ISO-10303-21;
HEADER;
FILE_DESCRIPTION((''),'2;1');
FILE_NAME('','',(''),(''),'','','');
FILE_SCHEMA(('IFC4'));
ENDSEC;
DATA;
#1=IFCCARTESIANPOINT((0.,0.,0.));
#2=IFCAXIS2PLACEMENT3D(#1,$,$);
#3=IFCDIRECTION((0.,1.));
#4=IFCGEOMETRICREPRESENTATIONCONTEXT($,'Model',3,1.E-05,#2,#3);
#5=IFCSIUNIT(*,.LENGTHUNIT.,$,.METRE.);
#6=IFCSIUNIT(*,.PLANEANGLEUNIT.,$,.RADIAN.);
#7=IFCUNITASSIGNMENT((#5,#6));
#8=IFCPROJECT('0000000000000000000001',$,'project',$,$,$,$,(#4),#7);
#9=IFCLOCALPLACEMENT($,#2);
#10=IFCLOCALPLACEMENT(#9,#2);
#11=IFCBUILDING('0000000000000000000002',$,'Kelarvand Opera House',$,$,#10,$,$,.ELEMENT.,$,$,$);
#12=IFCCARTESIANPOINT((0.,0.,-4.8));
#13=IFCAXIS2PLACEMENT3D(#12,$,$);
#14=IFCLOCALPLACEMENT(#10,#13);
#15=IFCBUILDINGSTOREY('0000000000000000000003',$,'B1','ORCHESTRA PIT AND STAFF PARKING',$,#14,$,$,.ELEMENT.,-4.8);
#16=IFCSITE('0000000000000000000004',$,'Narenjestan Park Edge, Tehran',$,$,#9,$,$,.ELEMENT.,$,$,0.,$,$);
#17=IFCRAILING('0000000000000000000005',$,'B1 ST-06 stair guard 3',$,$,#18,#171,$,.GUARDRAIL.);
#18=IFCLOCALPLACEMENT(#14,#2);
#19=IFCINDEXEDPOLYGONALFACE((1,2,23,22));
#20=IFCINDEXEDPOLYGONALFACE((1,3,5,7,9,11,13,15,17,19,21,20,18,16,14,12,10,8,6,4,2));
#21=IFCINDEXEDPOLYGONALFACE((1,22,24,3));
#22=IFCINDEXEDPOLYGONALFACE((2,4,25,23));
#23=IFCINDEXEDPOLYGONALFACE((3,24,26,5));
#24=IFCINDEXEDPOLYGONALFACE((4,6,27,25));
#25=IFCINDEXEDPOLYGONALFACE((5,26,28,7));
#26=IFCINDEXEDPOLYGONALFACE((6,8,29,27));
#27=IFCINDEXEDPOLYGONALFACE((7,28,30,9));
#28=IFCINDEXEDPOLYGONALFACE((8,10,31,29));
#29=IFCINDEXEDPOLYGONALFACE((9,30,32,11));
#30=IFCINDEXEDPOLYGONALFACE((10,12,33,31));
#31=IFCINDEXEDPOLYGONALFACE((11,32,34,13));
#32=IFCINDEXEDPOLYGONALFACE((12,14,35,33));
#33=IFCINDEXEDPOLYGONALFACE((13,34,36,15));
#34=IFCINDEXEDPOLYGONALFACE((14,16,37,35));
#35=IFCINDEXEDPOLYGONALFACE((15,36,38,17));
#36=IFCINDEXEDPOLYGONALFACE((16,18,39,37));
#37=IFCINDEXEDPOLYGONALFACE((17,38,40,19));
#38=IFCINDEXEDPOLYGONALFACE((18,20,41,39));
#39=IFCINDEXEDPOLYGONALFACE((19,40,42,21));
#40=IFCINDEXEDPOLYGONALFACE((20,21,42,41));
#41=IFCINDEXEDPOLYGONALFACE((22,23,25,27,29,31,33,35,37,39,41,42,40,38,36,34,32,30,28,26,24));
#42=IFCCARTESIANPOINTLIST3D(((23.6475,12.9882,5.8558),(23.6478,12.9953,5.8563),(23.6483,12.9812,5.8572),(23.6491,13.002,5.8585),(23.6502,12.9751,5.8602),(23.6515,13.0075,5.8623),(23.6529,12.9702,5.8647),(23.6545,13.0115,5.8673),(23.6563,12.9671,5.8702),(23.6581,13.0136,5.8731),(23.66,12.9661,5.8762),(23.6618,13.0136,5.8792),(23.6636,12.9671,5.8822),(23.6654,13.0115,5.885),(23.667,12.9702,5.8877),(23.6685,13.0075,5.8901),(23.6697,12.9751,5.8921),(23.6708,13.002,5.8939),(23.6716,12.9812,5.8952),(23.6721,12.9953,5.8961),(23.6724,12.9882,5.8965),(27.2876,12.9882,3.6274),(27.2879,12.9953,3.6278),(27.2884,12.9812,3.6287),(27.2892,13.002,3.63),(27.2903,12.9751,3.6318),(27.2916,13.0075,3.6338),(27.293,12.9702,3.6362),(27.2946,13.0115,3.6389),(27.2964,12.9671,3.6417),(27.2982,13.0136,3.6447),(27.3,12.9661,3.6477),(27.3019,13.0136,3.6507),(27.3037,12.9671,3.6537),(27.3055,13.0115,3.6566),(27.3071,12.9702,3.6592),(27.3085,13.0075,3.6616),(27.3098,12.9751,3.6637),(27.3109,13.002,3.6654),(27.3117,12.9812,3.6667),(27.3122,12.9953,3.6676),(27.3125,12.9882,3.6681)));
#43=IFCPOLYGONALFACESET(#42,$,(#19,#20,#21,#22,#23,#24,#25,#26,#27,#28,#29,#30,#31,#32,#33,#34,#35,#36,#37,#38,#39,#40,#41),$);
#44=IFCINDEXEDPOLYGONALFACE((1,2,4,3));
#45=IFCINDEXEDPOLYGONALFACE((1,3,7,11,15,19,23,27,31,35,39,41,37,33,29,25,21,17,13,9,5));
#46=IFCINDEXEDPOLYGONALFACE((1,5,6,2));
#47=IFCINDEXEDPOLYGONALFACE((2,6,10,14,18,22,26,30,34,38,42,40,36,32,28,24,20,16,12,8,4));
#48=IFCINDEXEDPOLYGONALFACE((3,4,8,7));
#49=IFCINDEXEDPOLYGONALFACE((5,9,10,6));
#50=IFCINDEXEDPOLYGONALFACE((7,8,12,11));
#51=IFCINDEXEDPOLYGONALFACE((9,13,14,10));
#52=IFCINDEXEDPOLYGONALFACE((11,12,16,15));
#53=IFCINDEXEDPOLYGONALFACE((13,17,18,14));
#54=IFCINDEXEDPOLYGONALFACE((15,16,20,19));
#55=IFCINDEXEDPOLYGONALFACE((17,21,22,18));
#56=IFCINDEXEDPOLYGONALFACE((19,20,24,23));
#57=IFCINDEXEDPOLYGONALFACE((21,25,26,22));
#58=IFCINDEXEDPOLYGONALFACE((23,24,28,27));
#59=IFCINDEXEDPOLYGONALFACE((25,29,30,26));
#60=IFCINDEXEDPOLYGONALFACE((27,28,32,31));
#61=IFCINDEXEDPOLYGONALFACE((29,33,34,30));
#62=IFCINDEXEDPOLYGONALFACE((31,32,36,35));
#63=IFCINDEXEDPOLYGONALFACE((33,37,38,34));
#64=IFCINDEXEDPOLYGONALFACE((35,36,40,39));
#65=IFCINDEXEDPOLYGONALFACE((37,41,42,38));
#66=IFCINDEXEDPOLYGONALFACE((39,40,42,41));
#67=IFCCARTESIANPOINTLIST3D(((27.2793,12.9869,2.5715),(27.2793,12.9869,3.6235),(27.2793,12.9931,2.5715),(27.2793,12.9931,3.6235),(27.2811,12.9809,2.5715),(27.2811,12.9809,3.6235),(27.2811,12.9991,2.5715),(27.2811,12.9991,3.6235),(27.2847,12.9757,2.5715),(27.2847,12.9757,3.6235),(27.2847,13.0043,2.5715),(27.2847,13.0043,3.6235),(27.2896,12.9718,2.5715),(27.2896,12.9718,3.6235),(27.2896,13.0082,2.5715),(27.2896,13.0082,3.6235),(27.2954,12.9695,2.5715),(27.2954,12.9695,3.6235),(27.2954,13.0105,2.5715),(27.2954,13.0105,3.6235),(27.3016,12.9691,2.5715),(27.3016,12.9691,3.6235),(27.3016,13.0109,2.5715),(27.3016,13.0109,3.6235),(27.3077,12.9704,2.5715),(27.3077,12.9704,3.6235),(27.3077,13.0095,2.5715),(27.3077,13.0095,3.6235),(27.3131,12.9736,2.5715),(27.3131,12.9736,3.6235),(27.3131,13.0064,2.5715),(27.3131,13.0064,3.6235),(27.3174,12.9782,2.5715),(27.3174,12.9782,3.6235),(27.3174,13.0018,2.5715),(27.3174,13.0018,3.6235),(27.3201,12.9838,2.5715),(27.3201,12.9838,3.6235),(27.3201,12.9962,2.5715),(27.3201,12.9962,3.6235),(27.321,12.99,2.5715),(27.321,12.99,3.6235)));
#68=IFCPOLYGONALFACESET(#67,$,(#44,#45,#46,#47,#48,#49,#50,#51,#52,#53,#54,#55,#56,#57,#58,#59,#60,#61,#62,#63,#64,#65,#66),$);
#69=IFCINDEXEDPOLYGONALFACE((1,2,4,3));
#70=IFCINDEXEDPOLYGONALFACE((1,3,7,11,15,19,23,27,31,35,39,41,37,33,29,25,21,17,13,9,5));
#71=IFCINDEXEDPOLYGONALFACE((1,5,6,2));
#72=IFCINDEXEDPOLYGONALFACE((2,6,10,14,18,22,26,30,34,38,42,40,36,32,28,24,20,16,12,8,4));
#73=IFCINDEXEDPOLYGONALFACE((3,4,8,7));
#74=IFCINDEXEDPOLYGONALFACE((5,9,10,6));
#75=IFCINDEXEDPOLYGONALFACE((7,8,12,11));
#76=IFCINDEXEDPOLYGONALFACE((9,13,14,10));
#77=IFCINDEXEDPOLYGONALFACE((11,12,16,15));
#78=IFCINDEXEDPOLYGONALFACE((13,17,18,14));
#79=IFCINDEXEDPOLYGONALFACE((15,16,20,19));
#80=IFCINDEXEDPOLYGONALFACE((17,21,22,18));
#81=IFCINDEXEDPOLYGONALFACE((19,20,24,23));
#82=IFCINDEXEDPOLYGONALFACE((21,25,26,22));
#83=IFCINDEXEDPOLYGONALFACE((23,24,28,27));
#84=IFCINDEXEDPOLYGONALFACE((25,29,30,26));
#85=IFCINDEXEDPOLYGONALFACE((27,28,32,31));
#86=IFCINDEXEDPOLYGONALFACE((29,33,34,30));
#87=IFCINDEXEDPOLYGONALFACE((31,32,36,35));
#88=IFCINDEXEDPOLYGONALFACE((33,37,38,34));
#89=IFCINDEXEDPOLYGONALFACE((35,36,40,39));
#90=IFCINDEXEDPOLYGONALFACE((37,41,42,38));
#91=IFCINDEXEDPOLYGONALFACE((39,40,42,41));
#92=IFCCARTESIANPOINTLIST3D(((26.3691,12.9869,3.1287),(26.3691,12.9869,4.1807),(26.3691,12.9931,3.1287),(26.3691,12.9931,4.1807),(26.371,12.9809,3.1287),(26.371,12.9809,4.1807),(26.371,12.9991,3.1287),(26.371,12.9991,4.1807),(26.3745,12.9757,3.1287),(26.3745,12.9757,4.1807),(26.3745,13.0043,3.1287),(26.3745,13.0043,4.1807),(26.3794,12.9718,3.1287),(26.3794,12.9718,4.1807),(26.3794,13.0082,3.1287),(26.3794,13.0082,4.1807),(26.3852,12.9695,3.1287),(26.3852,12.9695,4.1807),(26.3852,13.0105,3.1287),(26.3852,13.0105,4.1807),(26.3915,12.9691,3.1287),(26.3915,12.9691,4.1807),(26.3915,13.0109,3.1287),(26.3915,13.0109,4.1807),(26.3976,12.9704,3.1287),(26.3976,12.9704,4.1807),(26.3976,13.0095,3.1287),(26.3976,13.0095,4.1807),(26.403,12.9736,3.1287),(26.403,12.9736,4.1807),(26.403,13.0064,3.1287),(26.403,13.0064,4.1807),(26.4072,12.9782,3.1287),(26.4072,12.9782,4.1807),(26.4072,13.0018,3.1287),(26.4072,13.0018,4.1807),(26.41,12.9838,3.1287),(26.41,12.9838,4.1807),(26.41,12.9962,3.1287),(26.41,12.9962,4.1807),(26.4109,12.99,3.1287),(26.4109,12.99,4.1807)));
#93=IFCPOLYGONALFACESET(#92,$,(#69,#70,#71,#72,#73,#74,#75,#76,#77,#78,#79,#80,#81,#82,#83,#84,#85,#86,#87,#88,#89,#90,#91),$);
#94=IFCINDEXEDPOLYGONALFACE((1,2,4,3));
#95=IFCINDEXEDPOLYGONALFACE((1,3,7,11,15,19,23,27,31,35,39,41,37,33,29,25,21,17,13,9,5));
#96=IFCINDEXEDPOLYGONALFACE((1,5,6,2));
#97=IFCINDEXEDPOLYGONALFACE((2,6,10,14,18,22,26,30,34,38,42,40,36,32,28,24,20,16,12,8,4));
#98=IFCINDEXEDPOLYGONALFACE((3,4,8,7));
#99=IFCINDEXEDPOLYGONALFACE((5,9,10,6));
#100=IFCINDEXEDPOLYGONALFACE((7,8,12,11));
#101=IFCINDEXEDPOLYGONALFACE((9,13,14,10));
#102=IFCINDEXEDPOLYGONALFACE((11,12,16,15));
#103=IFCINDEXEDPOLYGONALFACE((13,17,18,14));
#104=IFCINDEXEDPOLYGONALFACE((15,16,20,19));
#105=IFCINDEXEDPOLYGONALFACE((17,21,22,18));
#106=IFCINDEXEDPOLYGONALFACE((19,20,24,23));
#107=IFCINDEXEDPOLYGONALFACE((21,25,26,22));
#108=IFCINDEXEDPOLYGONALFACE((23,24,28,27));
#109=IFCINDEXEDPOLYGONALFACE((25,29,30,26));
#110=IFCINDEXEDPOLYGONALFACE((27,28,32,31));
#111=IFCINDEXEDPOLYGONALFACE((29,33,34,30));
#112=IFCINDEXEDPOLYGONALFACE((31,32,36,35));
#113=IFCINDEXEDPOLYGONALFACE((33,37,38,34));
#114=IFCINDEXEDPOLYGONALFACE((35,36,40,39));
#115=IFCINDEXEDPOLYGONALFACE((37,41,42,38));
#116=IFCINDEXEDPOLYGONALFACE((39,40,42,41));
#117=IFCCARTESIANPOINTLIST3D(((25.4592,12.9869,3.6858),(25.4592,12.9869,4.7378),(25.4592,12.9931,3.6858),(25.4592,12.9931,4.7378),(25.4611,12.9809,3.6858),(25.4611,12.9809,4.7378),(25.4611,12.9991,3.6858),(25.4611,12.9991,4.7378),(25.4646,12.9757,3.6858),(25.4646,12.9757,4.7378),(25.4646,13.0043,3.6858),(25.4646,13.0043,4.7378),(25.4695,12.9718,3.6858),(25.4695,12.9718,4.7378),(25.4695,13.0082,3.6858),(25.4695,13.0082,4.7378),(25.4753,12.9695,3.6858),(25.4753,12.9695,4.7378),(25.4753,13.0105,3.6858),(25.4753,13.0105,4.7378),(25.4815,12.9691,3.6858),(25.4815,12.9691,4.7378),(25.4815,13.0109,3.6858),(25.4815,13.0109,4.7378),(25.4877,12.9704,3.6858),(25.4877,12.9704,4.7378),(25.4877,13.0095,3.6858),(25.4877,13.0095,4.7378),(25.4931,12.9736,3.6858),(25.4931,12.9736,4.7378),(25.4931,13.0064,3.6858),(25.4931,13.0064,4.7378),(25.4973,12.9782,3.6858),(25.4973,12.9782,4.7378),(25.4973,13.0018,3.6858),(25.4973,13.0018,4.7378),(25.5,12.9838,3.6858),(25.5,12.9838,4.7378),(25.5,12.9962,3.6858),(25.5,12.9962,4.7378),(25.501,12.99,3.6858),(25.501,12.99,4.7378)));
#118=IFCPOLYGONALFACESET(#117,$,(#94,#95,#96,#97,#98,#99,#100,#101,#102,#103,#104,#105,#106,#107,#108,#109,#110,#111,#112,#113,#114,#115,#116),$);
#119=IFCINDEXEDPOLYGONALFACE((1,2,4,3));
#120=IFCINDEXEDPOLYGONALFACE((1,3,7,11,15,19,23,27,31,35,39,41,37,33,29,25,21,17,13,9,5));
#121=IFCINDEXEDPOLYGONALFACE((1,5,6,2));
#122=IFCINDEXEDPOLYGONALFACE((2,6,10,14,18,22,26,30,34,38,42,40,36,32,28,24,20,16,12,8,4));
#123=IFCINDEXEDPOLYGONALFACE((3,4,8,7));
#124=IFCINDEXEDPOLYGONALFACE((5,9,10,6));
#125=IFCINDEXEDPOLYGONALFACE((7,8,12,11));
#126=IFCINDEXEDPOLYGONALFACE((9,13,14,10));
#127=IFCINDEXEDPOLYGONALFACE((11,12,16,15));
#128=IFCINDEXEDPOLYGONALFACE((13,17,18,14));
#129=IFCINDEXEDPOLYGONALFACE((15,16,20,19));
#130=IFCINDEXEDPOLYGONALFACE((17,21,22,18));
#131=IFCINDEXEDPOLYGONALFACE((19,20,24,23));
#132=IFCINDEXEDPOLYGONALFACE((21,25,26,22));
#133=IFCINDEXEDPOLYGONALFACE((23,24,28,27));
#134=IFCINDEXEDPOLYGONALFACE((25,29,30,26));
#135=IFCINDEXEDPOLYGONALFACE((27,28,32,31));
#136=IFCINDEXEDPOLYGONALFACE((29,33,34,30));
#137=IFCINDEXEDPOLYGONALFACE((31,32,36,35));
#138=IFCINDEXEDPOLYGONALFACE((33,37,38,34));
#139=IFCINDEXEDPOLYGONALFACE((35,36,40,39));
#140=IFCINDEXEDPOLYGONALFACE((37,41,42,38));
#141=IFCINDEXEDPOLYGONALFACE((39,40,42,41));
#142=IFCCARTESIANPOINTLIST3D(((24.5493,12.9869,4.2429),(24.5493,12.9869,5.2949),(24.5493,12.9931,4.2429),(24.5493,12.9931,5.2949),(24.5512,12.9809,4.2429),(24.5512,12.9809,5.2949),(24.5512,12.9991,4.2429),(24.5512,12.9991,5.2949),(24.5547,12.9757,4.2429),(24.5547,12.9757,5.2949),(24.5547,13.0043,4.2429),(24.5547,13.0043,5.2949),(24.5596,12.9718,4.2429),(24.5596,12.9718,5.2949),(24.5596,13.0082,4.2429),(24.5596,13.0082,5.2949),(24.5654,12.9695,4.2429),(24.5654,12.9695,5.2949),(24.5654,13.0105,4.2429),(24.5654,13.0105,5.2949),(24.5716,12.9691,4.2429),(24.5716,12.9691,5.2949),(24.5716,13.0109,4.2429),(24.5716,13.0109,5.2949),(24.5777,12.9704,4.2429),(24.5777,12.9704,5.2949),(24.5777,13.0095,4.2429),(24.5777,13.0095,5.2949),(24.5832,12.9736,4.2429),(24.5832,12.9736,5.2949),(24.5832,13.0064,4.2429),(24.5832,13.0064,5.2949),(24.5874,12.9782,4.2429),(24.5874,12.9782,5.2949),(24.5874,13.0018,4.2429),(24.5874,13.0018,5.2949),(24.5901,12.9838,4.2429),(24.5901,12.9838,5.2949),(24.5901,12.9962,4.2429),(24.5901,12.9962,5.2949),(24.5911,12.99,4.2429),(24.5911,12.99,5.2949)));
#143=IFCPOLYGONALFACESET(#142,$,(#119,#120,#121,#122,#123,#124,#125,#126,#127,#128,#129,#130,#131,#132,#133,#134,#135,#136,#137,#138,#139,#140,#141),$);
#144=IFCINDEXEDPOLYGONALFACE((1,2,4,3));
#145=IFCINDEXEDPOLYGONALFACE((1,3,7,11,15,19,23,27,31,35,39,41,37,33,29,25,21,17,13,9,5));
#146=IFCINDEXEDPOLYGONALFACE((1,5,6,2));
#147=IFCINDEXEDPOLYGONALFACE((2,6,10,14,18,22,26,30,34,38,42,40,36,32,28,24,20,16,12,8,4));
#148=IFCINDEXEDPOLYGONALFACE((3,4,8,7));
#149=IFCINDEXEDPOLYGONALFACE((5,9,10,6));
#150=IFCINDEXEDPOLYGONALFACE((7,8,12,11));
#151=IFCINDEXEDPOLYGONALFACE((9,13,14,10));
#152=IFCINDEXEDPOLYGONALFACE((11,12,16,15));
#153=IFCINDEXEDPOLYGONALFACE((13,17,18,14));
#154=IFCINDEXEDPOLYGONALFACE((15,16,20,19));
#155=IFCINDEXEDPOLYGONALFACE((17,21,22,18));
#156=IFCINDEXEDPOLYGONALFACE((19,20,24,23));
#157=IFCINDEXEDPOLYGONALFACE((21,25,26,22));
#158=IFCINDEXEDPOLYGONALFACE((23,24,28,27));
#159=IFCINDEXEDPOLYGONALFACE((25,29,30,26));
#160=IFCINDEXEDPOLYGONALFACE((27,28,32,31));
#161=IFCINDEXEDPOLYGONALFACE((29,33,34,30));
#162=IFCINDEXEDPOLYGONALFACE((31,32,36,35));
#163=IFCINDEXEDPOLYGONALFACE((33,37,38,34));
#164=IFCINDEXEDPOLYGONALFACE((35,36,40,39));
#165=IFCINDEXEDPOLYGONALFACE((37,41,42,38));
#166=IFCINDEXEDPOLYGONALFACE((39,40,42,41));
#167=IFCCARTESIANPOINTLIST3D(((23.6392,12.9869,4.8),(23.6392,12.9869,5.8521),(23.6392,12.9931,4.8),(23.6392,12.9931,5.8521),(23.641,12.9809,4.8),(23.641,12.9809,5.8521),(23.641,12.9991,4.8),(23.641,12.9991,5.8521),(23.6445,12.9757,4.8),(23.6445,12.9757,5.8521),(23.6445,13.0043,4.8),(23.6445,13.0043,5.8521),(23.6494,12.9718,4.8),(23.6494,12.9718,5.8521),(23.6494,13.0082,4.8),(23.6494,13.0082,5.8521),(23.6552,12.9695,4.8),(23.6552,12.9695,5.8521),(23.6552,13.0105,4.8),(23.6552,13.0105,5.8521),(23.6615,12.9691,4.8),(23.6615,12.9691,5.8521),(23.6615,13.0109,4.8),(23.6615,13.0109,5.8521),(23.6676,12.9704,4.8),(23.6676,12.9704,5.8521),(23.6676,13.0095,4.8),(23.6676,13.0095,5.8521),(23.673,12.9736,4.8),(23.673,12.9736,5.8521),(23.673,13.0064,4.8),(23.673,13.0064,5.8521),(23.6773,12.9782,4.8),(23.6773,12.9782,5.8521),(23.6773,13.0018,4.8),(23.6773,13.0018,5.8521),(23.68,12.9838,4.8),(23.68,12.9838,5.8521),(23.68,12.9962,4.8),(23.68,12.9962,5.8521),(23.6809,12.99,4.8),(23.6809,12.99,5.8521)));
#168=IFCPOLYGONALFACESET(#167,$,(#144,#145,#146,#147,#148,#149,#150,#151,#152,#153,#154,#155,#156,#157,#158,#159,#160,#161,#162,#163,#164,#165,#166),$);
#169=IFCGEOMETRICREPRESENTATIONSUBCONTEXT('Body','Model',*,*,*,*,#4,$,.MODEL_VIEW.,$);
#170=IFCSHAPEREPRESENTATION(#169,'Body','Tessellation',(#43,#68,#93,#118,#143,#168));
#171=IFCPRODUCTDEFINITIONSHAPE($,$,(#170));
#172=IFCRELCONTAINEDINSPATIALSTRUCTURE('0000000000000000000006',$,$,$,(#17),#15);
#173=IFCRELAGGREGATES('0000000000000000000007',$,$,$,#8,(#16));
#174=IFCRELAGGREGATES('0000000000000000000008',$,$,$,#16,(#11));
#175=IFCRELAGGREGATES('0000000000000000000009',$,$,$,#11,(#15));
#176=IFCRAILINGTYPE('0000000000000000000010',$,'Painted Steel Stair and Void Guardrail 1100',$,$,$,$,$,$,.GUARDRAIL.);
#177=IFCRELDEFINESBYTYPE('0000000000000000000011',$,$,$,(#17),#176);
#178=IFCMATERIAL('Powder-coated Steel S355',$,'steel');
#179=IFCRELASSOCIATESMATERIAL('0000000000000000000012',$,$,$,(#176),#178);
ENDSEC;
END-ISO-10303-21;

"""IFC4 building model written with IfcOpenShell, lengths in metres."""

from ifc_helpers import new_model, si_unit, direction, frame, origin, origin_2d, place, context, subcontext, project, spatial, circle, extrude, material, type_object, element, save


model = new_model("IFC4")

# Units and contexts
model_context = context("Model", 3, precision=1e-05, world=origin(), true_north=direction((0.0, 1.0)))
body_context = subcontext(model_context, "Body", "Model", "MODEL_VIEW")
ifc_project = project(units=[si_unit("LENGTHUNIT", "METRE"), si_unit("PLANEANGLEUNIT", "RADIAN")], contexts=[model_context])

# Site, building, storey
site_placement = place(None, origin())
site = spatial("IfcSite", under=ifc_project, at=site_placement, Name="Narenjestan Park Edge, Tehran", CompositionType="ELEMENT", RefElevation=0.0)
building_placement = place(site_placement, origin())
building = spatial("IfcBuilding", under=site, at=building_placement, Name="Kelarvand Opera House", CompositionType="ELEMENT")
storey_placement = place(building_placement, frame((0.0, 0.0, -4.8)))
storey = spatial("IfcBuildingStorey", under=building, at=storey_placement, Name="B1", Description="ORCHESTRA PIT AND STAFF PARKING", CompositionType="ELEMENT", Elevation=-4.8)

# Railing
ifc_material_1 = material(Name="Powder-coated Steel S355", Category="steel")
railing_type_1 = type_object("IfcRailingType", Name="Painted Steel Stair and Void Guardrail 1100", PredefinedType="GUARDRAIL", material=ifc_material_1)
railing_1_placement = place(storey_placement, frame((27.3, 12.99, 2.5715)))
element("IfcRailing", 1, at=railing_1_placement, inside=storey, type_object=railing_type_1, Name="B1 ST-06 stair guard 3", PredefinedType="GUARDRAIL", context=body_context, shape_type="SweptSolid", body=[
    extrude(circle(Radius=0.0239, at=origin_2d()), frame((0.0, 0.0, 1.0762), z_axis=(-0.852866, 0.0, 0.52213), x_axis=(0.0, -1.0, 0.0)), (0.0, 0.0, 1.0), 4.2681),
    extrude(circle(Radius=0.021, at=origin_2d()), origin(), (0.0, 0.0, 1.0), 1.052),
    extrude(circle(Radius=0.021, at=origin_2d()), frame((-0.9102, 0.0, 0.5571)), (0.0, 0.0, 1.0), 1.052),
    extrude(circle(Radius=0.021, at=origin_2d()), frame((-1.8201, 0.0, 1.1143)), (0.0, 0.0, 1.0), 1.052),
    extrude(circle(Radius=0.021, at=origin_2d()), frame((-2.73, 0.0, 1.6714)), (0.0, 0.0, 1.0), 1.052),
    extrude(circle(Radius=0.021, at=origin_2d()), frame((-3.6401, 0.0, 2.2285)), (0.0, 0.0, 1.0), 1.052),
])

save(model, "model.ifc")
